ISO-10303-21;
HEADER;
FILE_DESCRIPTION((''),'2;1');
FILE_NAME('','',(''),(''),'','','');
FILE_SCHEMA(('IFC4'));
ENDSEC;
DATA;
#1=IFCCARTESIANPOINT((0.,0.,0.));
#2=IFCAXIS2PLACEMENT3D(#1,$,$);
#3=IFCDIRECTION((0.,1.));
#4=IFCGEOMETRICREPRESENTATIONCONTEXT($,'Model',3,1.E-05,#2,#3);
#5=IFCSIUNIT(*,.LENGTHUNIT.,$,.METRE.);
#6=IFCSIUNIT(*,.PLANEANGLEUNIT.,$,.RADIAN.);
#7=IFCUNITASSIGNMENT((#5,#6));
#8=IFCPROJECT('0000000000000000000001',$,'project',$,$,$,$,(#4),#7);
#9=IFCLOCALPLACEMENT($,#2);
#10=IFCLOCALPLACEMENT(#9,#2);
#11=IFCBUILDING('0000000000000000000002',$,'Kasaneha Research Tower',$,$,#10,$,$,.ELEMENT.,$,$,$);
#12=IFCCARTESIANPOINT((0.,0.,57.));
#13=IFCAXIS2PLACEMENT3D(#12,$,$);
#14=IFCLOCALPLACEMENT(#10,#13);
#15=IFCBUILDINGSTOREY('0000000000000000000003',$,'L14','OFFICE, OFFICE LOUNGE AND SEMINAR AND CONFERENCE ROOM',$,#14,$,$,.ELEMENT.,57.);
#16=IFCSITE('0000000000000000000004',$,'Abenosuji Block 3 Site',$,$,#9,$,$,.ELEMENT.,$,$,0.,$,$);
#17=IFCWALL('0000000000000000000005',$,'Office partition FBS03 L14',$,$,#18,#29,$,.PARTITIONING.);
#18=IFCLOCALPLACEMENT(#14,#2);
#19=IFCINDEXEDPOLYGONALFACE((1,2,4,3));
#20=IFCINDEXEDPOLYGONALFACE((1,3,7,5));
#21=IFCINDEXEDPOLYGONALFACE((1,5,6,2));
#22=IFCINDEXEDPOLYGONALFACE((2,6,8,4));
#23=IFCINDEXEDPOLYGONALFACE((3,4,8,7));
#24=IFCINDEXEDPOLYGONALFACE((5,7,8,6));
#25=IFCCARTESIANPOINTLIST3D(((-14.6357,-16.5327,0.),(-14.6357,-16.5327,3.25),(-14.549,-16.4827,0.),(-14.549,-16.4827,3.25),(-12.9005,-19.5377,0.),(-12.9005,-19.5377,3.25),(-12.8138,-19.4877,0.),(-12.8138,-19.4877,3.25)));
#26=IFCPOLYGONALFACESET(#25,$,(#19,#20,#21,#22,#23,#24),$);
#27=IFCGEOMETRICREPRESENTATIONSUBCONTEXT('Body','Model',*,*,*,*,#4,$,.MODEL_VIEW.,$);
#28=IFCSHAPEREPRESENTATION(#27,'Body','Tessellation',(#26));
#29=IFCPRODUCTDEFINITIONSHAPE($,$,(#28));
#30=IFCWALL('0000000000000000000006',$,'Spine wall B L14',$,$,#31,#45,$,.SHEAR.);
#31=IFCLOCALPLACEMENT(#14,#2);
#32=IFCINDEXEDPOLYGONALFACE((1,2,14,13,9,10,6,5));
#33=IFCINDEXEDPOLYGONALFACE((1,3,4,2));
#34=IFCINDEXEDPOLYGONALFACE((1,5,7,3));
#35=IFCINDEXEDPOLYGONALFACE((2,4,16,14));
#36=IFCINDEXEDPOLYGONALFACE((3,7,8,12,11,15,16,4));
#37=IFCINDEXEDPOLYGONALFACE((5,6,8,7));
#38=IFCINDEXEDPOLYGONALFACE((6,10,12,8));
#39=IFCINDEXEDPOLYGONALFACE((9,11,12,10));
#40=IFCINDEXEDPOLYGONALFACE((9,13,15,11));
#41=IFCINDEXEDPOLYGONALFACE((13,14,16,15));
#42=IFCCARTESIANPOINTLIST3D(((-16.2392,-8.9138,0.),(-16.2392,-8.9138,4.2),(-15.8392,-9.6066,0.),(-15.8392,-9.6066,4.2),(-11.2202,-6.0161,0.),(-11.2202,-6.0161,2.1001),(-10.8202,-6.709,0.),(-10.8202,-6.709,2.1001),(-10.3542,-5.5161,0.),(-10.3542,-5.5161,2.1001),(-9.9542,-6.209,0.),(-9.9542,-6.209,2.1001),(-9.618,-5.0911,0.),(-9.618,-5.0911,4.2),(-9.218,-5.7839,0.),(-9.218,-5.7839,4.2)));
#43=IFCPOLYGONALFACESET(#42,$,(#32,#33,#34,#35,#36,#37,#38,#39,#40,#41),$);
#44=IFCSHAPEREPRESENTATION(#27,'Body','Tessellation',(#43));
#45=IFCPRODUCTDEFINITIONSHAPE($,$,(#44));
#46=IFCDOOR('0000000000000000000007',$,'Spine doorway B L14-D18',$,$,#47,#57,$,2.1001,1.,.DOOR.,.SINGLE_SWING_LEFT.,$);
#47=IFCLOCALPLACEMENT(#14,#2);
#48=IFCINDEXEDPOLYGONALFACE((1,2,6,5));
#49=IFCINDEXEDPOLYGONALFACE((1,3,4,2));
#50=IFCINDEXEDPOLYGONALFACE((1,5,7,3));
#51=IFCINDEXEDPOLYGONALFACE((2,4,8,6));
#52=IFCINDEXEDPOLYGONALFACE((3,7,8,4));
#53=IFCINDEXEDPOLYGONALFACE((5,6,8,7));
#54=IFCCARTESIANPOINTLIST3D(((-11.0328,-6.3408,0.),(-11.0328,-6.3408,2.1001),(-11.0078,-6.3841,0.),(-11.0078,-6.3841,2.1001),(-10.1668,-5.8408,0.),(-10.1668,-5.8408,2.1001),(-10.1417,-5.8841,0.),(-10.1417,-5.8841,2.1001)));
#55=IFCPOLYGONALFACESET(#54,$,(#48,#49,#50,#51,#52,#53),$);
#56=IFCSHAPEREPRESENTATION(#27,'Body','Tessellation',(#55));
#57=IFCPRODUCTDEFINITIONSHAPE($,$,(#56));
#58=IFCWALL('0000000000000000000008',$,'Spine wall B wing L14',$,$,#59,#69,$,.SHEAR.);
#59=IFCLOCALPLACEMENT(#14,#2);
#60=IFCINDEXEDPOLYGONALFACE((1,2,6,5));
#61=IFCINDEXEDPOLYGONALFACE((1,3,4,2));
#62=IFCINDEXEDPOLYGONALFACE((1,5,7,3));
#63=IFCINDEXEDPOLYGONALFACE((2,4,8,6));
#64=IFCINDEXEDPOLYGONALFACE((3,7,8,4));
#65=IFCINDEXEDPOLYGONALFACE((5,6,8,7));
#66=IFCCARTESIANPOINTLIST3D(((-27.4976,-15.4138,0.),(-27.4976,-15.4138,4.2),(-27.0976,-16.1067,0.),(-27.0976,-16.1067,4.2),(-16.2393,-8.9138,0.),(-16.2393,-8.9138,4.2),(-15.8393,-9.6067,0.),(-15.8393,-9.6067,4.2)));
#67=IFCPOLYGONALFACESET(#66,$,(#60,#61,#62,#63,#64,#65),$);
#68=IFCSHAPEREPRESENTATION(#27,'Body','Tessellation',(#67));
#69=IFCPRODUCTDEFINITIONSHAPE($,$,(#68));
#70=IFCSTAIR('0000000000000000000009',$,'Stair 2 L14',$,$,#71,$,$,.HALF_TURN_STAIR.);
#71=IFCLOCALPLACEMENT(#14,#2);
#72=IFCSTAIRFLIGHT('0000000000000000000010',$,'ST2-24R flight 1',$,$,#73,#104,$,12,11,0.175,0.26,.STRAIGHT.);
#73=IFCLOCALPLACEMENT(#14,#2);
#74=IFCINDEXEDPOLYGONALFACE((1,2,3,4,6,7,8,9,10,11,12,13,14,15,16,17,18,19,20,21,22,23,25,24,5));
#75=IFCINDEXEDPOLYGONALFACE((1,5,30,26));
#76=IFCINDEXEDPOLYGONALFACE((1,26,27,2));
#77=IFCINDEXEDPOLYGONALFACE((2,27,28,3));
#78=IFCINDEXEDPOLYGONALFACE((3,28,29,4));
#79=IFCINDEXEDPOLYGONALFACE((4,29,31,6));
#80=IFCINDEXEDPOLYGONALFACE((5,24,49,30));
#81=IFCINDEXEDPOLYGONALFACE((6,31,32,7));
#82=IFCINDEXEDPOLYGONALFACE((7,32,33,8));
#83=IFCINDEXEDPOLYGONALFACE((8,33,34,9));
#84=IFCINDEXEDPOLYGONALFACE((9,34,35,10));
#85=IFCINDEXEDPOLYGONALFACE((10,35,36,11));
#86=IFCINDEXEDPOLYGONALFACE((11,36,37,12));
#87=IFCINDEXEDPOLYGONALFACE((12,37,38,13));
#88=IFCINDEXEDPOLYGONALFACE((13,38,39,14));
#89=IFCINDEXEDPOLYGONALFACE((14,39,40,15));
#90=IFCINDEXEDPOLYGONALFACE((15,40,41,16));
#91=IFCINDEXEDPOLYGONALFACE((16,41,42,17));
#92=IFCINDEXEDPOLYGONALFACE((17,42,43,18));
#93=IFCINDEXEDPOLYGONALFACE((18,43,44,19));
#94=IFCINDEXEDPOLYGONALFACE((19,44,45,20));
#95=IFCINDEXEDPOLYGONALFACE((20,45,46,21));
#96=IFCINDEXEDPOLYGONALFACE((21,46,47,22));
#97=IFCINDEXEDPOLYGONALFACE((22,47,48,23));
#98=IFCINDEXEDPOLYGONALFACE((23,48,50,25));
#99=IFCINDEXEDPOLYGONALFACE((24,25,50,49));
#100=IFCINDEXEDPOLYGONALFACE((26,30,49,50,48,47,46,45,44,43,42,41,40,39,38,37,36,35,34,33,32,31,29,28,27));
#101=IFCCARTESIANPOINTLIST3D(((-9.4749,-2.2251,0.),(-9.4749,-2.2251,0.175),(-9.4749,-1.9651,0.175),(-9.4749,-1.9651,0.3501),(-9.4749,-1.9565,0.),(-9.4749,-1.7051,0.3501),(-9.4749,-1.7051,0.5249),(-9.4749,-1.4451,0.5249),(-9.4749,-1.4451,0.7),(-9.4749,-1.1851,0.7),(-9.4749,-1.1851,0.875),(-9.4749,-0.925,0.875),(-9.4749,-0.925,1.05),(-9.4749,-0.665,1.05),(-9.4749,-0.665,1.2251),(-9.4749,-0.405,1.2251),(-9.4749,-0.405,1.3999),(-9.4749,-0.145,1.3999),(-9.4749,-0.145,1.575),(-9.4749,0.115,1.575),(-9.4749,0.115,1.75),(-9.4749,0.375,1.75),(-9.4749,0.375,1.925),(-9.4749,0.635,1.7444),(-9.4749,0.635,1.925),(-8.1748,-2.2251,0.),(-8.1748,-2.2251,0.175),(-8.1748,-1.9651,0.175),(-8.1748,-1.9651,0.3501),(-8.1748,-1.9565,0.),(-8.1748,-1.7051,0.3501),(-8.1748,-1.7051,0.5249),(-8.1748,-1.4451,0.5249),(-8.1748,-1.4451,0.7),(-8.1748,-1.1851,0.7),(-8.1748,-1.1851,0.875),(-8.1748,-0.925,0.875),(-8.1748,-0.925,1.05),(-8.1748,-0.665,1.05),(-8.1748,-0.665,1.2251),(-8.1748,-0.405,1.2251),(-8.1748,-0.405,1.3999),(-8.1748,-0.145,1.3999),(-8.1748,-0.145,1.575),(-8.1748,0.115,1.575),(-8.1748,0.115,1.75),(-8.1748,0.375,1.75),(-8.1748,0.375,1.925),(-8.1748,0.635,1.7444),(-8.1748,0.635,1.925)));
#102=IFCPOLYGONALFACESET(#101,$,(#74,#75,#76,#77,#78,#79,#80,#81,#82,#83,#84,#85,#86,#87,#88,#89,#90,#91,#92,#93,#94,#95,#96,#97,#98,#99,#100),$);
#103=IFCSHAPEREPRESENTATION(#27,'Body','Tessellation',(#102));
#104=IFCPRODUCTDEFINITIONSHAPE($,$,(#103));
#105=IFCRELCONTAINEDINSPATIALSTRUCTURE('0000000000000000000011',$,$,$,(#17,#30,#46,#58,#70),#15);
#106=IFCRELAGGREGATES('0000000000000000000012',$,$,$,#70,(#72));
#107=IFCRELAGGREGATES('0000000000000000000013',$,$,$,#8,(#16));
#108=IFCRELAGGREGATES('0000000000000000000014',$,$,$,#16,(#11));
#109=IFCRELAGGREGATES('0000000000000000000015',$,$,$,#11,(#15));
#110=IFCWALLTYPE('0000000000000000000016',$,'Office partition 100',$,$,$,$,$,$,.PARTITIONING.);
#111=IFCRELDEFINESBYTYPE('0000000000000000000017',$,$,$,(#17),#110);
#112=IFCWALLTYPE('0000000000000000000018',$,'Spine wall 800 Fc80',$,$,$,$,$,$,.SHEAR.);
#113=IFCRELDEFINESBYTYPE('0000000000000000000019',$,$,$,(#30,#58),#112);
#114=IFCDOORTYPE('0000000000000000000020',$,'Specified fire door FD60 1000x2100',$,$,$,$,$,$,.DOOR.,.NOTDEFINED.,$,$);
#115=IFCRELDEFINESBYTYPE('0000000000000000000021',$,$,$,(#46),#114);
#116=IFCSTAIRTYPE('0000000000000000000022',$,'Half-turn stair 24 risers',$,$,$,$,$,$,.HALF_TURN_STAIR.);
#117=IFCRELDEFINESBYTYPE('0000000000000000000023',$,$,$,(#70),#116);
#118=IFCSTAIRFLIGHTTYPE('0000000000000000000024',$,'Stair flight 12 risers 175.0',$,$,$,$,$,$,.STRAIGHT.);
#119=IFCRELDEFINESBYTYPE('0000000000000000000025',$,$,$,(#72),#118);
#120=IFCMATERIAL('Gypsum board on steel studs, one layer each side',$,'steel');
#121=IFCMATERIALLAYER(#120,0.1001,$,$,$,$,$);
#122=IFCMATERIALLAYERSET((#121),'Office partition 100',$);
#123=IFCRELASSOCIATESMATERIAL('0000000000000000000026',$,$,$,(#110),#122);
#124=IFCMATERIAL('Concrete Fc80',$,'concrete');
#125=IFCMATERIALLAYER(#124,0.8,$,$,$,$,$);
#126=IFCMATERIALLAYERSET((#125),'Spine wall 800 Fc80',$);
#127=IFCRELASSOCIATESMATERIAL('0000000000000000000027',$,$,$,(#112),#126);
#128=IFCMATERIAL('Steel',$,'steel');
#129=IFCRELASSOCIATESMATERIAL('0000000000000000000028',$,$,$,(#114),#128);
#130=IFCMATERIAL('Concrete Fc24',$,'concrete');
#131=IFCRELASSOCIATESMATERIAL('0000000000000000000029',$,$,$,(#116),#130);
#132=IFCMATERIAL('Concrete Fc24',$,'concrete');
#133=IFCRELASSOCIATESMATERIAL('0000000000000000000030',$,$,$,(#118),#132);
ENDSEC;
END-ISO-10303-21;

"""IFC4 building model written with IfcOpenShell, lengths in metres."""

from ifc_helpers import new_model, si_unit, direction, frame, frame_2d, origin, place, context, subcontext, project, spatial, polyline, rectangle, outline, extrude, material, layer, layer_set, type_object, element, fill, aggregate, save


model = new_model("IFC4")

# Units and contexts
model_context = context("Model", 3, precision=1e-05, world=origin(), true_north=direction((0.0, 1.0)))
body_context = subcontext(model_context, "Body", "Model", "MODEL_VIEW")
ifc_project = project(units=[si_unit("LENGTHUNIT", "METRE"), si_unit("PLANEANGLEUNIT", "RADIAN")], contexts=[model_context])

# Site, building, storey
site_placement = place(None, origin())
site = spatial("IfcSite", under=ifc_project, at=site_placement, Name="Abenosuji Block 3 Site", CompositionType="ELEMENT", RefElevation=0.0)
building_placement = place(site_placement, origin())
building = spatial("IfcBuilding", under=site, at=building_placement, Name="Kasaneha Research Tower", CompositionType="ELEMENT")
storey_placement = place(building_placement, frame((0.0, 0.0, 57.0)))
storey = spatial("IfcBuildingStorey", under=building, at=storey_placement, Name="L14", Description="OFFICE, OFFICE LOUNGE AND SEMINAR AND CONFERENCE ROOM", CompositionType="ELEMENT", Elevation=57.0)

# Wall
ifc_material_1 = material(Name="Gypsum board on steel studs, one layer each side", Category="steel")
ifc_layer_1 = layer(ifc_material_1, 0.1001)
ifc_layer_set_1 = layer_set([ifc_layer_1], Name="Office partition 100")
wall_type_1 = type_object("IfcWallType", Name="Office partition 100", PredefinedType="PARTITIONING", material=ifc_layer_set_1)
wall_1_placement = place(storey_placement, frame((-14.5923, -16.5078, 0.0), z_axis=(0.0, 0.0, 1.0), x_axis=(0.500051, -0.865996, 0.0)))
element("IfcWall", 1, at=wall_1_placement, inside=storey, type_object=wall_type_1, Name="Office partition FBS03 L14", PredefinedType="PARTITIONING", context=body_context, shape_type="SweptSolid", body=[
    extrude(rectangle(XDim=3.47, YDim=0.1001, at=frame_2d((1.7349, 0.0))), origin(), (0.0, 0.0, 1.0), 3.25),
])

# Wall, opening, door
ifc_material_2 = material(Name="Concrete Fc80", Category="concrete")
ifc_layer_2 = layer(ifc_material_2, 0.8)
ifc_layer_set_2 = layer_set([ifc_layer_2], Name="Spine wall 800 Fc80")
wall_type_2 = type_object("IfcWallType", Name="Spine wall 800 Fc80", PredefinedType="SHEAR", material=ifc_layer_set_2)
wall_2_placement = place(storey_placement, frame((-9.418, -5.4375, 0.0), z_axis=(0.0, 0.0, 1.0), x_axis=(-0.86603, -0.499992, 0.0)))
wall_2 = element("IfcWall", 2, at=wall_2_placement, inside=storey, type_object=wall_type_2, Name="Spine wall B L14", PredefinedType="SHEAR", context=body_context, shape_type="SweptSolid", body=[
    extrude(rectangle(XDim=7.6455, YDim=0.8, at=frame_2d((3.8228, 0.0))), origin(), (0.0, 0.0, 1.0), 4.2),
])
opening_1_placement = place(wall_2_placement, frame((0.8501, 0.0, 0.0)))
opening_1 = element("IfcOpeningElement", 3, at=opening_1_placement, cuts=wall_2, PredefinedType="OPENING", context=body_context, shape_type="SweptSolid", body=[
    extrude(rectangle(XDim=1.0, YDim=2.1001, at=frame_2d((0.5, 1.05))), frame((0.0, 0.4102, 0.0), z_axis=(0.0, -1.0, 0.0), x_axis=(1.0, 0.0, 0.0)), (0.0, 0.0, 1.0), 0.8201),
])
ifc_material_3 = material(Name="Steel", Category="steel")
door_type_1 = type_object("IfcDoorType", Name="Specified fire door FD60 1000x2100", OperationType="NOTDEFINED", PredefinedType="DOOR", material=ifc_material_3)
door_1_placement = place(opening_1_placement, origin())
door_1 = element("IfcDoor", 4, at=door_1_placement, inside=storey, type_object=door_type_1, Name="Spine doorway B L14-D18", OperationType="SINGLE_SWING_LEFT", OverallHeight=2.1001, OverallWidth=1.0, PredefinedType="DOOR", context=body_context, shape_type="SweptSolid", body=[
    extrude(rectangle(XDim=1.0, YDim=2.1001, at=frame_2d((0.5, 1.05))), frame((0.0, 0.0249, 0.0), z_axis=(0.0, -1.0, 0.0), x_axis=(1.0, 0.0, 0.0)), (0.0, 0.0, 1.0), 0.05),
])
fill(opening_1, door_1)

# Wall
wall_3_placement = place(storey_placement, frame((-16.0393, -9.2603, 0.0), z_axis=(0.0, 0.0, 1.0), x_axis=(-0.866025, -0.500001, 0.0)))
element("IfcWall", 5, at=wall_3_placement, inside=storey, type_object=wall_type_2, Name="Spine wall B wing L14", PredefinedType="SHEAR", context=body_context, shape_type="SweptSolid", body=[
    extrude(rectangle(XDim=13.0, YDim=0.8, at=frame_2d((6.5, 0.0))), origin(), (0.0, 0.0, 1.0), 4.2),
])

# Stair, stair flight
ifc_material_4 = material(Name="Concrete Fc24", Category="concrete")
stair_type = type_object("IfcStairType", Name="Half-turn stair 24 risers", PredefinedType="HALF_TURN_STAIR", material=ifc_material_4)
stair_placement = place(storey_placement, origin())
stair = element("IfcStair", 6, at=stair_placement, inside=storey, type_object=stair_type, Name="Stair 2 L14", PredefinedType="HALF_TURN_STAIR")
ifc_material_5 = material(Name="Concrete Fc24", Category="concrete")
stair_flight_type = type_object("IfcStairFlightType", Name="Stair flight 12 risers 175.0", PredefinedType="STRAIGHT", material=ifc_material_5)
stair_flight_placement = place(storey_placement, frame((-8.825, -2.2251, 0.0), z_axis=(0.0, 0.0, 1.0), x_axis=(0.0, 1.0, 0.0)))
stair_flight = element("IfcStairFlight", 7, at=stair_flight_placement, type_object=stair_flight_type, Name="ST2-24R flight 1", NumberOfRisers=12, NumberOfTreads=11, PredefinedType="STRAIGHT", RiserHeight=0.175, TreadLength=0.26, context=body_context, shape_type="SweptSolid", body=[
    extrude(outline(polyline([(0.0, 0.0), (0.0, 0.175), (0.26, 0.175), (0.26, 0.3501), (0.52, 0.3501), (0.52, 0.5249), (0.78, 0.5249), (0.78, 0.7), (1.04, 0.7), (1.04, 0.875), (1.3, 0.875), (1.3, 1.05), (1.5601, 1.05), (1.5601, 1.2251), (1.8201, 1.2251), (1.8201, 1.3999), (2.0801, 1.3999), (2.0801, 1.575), (2.3401, 1.575), (2.3401, 1.75), (2.6001, 1.75), (2.6001, 1.925), (2.8601, 1.925), (2.8601, 2.1001), (2.8601, 1.7444), (0.2686, 0.0), (0.0, 0.0)])), frame((0.0, 0.6499, 0.0), z_axis=(0.0, -1.0, 0.0), x_axis=(1.0, 0.0, 0.0)), (0.0, 0.0, 1.0), 1.3),
])
aggregate(stair, [stair_flight])

save(model, "model.ifc")
